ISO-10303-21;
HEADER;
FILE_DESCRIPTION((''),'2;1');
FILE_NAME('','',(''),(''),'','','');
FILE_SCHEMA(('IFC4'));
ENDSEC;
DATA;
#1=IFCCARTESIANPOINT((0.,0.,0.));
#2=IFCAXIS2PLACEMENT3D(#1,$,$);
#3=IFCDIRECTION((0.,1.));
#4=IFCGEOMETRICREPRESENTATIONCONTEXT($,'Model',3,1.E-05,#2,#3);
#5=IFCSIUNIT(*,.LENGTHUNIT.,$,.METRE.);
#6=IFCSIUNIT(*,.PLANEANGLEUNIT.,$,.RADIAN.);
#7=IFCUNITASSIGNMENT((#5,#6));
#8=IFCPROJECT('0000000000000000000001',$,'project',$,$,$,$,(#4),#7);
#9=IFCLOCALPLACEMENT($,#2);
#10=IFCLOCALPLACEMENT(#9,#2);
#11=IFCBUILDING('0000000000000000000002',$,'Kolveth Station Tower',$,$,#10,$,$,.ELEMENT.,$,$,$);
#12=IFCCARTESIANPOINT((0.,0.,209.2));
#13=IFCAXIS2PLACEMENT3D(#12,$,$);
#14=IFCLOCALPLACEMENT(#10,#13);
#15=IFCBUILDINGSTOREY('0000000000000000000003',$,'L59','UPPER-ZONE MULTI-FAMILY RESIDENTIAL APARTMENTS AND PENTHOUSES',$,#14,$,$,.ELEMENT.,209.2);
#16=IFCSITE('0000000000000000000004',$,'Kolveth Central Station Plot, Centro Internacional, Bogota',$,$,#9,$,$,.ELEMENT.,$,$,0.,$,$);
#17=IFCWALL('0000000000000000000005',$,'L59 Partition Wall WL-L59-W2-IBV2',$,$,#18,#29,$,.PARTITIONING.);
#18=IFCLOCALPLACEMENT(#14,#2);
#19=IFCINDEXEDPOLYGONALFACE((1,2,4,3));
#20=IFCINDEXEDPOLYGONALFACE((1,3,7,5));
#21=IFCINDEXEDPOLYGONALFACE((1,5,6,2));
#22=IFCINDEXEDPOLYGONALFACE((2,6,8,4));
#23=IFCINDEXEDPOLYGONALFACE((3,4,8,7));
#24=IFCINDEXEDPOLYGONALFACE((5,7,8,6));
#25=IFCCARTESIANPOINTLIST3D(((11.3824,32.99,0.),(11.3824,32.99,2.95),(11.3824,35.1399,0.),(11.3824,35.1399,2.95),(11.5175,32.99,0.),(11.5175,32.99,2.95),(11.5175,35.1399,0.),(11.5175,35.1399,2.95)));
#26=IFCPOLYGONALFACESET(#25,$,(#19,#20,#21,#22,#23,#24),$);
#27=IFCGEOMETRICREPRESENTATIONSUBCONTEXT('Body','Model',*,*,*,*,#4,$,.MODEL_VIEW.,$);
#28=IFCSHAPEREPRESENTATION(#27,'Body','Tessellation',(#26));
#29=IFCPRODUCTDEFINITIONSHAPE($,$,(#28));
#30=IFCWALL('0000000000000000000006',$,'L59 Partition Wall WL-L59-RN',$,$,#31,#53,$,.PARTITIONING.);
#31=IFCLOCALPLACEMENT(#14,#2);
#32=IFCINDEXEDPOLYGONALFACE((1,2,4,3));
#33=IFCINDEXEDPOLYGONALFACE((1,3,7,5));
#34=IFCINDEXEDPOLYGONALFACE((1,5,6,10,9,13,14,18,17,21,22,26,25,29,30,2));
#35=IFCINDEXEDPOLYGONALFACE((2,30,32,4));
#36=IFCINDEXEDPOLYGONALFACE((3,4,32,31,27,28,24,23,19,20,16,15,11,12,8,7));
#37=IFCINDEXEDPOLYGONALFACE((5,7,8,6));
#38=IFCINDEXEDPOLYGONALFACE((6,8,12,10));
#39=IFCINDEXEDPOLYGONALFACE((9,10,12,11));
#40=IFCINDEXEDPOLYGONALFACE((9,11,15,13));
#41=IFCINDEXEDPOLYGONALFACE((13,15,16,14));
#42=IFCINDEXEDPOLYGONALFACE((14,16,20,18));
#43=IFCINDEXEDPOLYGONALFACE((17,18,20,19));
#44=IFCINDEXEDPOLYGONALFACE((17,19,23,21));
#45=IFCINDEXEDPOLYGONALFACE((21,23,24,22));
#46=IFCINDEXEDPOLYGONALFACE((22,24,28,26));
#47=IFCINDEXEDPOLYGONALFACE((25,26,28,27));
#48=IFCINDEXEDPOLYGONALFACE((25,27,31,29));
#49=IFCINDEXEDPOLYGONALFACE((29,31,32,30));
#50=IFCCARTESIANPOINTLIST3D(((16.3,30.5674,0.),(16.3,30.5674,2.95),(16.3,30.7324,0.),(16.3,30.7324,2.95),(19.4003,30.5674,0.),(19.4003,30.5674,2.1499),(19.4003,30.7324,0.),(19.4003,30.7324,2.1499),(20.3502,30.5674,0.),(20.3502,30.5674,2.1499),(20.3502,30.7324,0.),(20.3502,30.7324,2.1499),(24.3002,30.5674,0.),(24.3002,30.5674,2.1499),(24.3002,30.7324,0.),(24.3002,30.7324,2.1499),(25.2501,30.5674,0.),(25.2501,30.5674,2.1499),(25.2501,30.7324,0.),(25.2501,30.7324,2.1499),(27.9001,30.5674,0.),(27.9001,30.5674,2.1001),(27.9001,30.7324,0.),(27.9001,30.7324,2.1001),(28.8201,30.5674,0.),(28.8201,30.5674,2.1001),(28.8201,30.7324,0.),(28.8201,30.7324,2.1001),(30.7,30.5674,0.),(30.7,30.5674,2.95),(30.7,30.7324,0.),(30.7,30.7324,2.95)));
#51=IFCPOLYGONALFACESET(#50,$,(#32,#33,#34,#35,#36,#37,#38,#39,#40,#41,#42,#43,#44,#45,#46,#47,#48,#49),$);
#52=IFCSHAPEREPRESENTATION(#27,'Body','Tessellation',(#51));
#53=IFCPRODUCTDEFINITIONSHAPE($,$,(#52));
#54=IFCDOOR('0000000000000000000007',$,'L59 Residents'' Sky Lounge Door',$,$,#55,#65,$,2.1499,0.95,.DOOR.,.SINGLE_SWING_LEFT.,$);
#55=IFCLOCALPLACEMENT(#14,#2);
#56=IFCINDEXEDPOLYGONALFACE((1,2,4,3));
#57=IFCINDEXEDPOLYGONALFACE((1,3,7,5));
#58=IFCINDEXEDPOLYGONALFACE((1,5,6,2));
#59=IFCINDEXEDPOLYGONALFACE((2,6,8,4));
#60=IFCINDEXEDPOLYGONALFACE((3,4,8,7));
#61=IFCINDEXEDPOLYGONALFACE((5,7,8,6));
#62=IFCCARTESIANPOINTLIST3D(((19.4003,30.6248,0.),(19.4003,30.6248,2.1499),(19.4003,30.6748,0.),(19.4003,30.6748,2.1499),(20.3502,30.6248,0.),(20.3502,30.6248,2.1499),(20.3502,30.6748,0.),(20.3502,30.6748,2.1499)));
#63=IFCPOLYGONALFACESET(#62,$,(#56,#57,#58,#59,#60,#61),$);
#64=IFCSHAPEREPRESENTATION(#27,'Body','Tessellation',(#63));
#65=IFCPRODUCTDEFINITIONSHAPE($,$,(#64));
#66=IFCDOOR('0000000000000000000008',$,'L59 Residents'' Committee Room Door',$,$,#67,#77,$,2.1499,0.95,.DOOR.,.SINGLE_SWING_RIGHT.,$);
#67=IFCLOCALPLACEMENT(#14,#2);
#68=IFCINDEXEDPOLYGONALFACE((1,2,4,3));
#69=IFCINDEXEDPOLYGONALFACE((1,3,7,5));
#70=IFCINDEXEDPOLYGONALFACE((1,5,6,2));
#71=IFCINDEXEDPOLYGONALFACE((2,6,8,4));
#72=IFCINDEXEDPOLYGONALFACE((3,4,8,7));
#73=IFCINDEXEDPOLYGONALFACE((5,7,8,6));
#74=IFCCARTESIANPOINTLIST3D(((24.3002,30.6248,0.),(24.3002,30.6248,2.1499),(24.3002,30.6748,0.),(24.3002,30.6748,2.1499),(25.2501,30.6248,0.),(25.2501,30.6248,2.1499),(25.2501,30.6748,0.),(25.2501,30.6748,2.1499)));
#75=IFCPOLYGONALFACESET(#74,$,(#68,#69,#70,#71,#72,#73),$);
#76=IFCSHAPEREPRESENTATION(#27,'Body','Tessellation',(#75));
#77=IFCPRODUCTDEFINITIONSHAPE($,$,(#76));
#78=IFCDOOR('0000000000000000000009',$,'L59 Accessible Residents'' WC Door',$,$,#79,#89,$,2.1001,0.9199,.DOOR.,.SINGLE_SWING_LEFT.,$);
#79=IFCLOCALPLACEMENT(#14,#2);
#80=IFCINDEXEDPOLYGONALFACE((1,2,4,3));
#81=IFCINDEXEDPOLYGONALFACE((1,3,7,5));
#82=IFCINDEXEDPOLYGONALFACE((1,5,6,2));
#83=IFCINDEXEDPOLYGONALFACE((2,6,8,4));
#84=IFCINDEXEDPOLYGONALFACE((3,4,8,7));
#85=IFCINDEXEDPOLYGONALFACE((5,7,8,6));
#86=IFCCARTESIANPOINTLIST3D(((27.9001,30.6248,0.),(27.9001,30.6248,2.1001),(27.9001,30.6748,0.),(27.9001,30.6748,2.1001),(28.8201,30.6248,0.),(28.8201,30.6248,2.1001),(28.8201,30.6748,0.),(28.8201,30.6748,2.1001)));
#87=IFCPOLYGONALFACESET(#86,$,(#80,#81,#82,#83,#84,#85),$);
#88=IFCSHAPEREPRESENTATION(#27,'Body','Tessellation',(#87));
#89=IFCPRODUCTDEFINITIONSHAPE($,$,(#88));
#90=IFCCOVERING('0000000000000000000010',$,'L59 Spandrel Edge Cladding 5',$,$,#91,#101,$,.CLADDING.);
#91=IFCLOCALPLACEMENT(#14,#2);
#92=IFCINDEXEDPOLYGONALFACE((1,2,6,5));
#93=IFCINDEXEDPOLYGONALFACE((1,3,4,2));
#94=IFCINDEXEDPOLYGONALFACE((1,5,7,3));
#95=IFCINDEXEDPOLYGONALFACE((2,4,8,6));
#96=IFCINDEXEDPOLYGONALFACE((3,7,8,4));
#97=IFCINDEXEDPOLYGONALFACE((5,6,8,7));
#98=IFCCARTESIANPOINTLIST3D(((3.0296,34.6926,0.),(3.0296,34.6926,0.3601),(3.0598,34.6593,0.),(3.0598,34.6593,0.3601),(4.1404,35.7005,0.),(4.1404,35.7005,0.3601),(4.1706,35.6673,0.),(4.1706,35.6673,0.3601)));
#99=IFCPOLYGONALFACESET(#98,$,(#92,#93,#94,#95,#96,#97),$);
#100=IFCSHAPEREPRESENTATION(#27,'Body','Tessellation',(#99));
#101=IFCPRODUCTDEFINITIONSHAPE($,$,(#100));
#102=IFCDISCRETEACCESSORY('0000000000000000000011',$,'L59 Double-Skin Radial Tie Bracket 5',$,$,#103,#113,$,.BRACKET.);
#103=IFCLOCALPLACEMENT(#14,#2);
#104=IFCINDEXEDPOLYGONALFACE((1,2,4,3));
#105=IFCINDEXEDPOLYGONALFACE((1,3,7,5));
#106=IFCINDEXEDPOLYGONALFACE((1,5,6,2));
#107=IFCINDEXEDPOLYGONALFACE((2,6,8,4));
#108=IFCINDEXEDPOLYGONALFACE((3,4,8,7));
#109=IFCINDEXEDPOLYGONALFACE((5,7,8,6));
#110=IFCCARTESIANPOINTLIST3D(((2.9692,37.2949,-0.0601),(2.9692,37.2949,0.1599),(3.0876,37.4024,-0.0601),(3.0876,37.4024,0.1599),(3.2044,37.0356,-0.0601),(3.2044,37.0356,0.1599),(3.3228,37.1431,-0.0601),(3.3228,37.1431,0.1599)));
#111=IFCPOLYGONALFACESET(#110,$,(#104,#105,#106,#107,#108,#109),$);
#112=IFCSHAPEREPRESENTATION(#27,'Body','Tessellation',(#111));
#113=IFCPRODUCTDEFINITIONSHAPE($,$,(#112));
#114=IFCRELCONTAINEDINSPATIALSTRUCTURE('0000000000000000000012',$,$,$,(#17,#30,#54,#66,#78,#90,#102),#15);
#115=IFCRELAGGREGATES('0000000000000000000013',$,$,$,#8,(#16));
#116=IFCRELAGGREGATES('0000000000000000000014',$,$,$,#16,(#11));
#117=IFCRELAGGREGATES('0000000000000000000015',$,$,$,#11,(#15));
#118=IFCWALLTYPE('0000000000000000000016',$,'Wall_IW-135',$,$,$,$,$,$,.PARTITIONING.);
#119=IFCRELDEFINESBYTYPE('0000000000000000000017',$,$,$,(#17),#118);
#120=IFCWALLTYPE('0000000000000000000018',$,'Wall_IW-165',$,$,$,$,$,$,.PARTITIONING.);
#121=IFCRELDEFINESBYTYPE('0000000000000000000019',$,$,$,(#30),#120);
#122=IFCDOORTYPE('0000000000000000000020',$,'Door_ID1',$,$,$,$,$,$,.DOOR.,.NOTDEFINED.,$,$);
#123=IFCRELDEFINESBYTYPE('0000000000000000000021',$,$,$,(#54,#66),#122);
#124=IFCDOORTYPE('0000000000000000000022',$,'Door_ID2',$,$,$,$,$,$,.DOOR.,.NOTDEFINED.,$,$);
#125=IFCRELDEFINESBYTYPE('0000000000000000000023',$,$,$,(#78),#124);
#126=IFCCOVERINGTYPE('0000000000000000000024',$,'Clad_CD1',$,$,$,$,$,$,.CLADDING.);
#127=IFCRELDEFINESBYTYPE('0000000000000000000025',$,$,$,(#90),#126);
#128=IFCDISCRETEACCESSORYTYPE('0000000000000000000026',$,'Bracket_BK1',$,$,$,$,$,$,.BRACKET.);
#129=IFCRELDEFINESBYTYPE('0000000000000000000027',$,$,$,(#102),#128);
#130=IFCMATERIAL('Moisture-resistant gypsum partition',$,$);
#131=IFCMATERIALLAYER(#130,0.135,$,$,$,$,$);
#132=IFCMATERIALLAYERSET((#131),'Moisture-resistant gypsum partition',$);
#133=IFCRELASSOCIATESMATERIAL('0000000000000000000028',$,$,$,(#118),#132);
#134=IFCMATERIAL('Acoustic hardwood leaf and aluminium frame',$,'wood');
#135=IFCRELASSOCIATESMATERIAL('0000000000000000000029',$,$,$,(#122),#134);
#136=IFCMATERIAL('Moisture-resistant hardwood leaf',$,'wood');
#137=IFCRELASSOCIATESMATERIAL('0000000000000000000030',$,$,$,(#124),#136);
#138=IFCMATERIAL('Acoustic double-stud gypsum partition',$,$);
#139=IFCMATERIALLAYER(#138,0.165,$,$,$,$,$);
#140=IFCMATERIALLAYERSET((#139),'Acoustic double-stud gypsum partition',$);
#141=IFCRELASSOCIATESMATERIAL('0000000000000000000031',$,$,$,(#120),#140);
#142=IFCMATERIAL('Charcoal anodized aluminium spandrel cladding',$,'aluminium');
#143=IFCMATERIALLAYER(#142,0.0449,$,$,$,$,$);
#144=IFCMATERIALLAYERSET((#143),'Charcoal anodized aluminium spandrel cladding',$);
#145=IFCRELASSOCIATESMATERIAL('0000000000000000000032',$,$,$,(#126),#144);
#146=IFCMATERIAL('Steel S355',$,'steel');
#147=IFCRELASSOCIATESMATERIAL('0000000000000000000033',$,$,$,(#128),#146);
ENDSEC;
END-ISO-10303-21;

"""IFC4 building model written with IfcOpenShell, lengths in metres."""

from ifc_helpers import new_model, si_unit, direction, frame, frame_2d, origin, origin_2d, place, context, subcontext, project, spatial, rectangle, extrude, source, transform, mapped, material, layer, layer_set, type_object, element, fill, save


model = new_model("IFC4")

# Units and contexts
model_context = context("Model", 3, precision=1e-05, world=origin(), true_north=direction((0.0, 1.0)))
body_context = subcontext(model_context, "Body", "Model", "MODEL_VIEW")
ifc_project = project(units=[si_unit("LENGTHUNIT", "METRE"), si_unit("PLANEANGLEUNIT", "RADIAN")], contexts=[model_context])

# Site, building, storey
site_placement = place(None, origin())
site = spatial("IfcSite", under=ifc_project, at=site_placement, Name="Kolveth Central Station Plot, Centro Internacional, Bogota", CompositionType="ELEMENT", RefElevation=0.0)
building_placement = place(site_placement, origin())
building = spatial("IfcBuilding", under=site, at=building_placement, Name="Kolveth Station Tower", CompositionType="ELEMENT")
storey_placement = place(building_placement, frame((0.0, 0.0, 209.2)))
storey = spatial("IfcBuildingStorey", under=building, at=storey_placement, Name="L59", Description="UPPER-ZONE MULTI-FAMILY RESIDENTIAL APARTMENTS AND PENTHOUSES", CompositionType="ELEMENT", Elevation=209.2)

# Shared definitions
ifc_material_1 = material(Name="Steel S355", Category="steel")

# Shared definitions
ifc_material_2 = material(Name="Moisture-resistant gypsum partition")
ifc_layer_1 = layer(ifc_material_2, 0.135)
ifc_layer_set_1 = layer_set([ifc_layer_1], Name="Moisture-resistant gypsum partition")
wall_type_1 = type_object("IfcWallType", Name="Wall_IW-135", PredefinedType="PARTITIONING", material=ifc_layer_set_1)
ifc_material_3 = material(Name="Acoustic hardwood leaf and aluminium frame", Category="wood")
door_type_1 = type_object("IfcDoorType", Name="Door_ID1", OperationType="NOTDEFINED", PredefinedType="DOOR", material=ifc_material_3)
ifc_material_4 = material(Name="Moisture-resistant hardwood leaf", Category="wood")
door_type_2 = type_object("IfcDoorType", Name="Door_ID2", OperationType="NOTDEFINED", PredefinedType="DOOR", material=ifc_material_4)

# Wall
for number, where, z_axis, x_axis, name in (
    (1, (11.45, 32.99, 0.0), (0.0, 0.0, 1.0), (0.0, 1.0, 0.0), "L59 Partition Wall WL-L59-W2-IBV2"),
):
    element("IfcWall", number, at=place(storey_placement, frame(where, z_axis=z_axis, x_axis=x_axis)), inside=storey, type_object=wall_type_1, Name=name, PredefinedType="PARTITIONING", context=body_context, shape_type="SweptSolid", body=[
        extrude(rectangle(XDim=2.1499, YDim=0.135, at=frame_2d((1.075, 0.0))), origin(), (0.0, 0.0, 1.0), 2.95),
    ])

# Wall, openings, doors
ifc_material_5 = material(Name="Acoustic double-stud gypsum partition")
ifc_layer_2 = layer(ifc_material_5, 0.165)
ifc_layer_set_2 = layer_set([ifc_layer_2], Name="Acoustic double-stud gypsum partition")
wall_type_2 = type_object("IfcWallType", Name="Wall_IW-165", PredefinedType="PARTITIONING", material=ifc_layer_set_2)
wall_1_placement = place(storey_placement, frame((16.3, 30.6499, 0.0), z_axis=(0.0, 0.0, 1.0), x_axis=(1.0, 0.0, 0.0)))
wall_1 = element("IfcWall", 2, at=wall_1_placement, inside=storey, type_object=wall_type_2, Name="L59 Partition Wall WL-L59-RN", PredefinedType="PARTITIONING", context=body_context, shape_type="SweptSolid", body=[
    extrude(rectangle(XDim=14.3999, YDim=0.165, at=frame_2d((7.2, 0.0))), origin(), (0.0, 0.0, 1.0), 2.95),
])
opening_1_placement = place(wall_1_placement, frame((3.1001, 0.0, 0.0)))
opening_1 = element("IfcOpeningElement", 3, at=opening_1_placement, cuts=wall_1, PredefinedType="OPENING", context=body_context, shape_type="SweptSolid", body=[
    extrude(rectangle(XDim=0.95, YDim=2.1499, at=frame_2d((0.4751, 1.075))), frame((0.0, 0.0925, 0.0), z_axis=(0.0, -1.0, 0.0), x_axis=(1.0, 0.0, 0.0)), (0.0, 0.0, 1.0), 0.1851),
])
opening_2_placement = place(wall_1_placement, frame((8.0, 0.0, 0.0)))
opening_2 = element("IfcOpeningElement", 4, at=opening_2_placement, cuts=wall_1, PredefinedType="OPENING", context=body_context, shape_type="SweptSolid", body=[
    extrude(rectangle(XDim=0.95, YDim=2.1499, at=frame_2d((0.4751, 1.075))), frame((0.0, 0.0925, 0.0), z_axis=(0.0, -1.0, 0.0), x_axis=(1.0, 0.0, 0.0)), (0.0, 0.0, 1.0), 0.1851),
])
opening_3_placement = place(wall_1_placement, frame((11.6001, 0.0, 0.0)))
opening_3 = element("IfcOpeningElement", 5, at=opening_3_placement, cuts=wall_1, PredefinedType="OPENING", context=body_context, shape_type="SweptSolid", body=[
    extrude(rectangle(XDim=0.9199, YDim=2.1001, at=frame_2d((0.46, 1.05))), frame((0.0, 0.0925, 0.0), z_axis=(0.0, -1.0, 0.0), x_axis=(1.0, 0.0, 0.0)), (0.0, 0.0, 1.0), 0.1851),
])
door_1_placement = place(opening_1_placement, origin())
door_1 = element("IfcDoor", 6, at=door_1_placement, inside=storey, type_object=door_type_1, Name="L59 Residents' Sky Lounge Door", OperationType="SINGLE_SWING_LEFT", OverallHeight=2.1499, OverallWidth=0.95, PredefinedType="DOOR", context=body_context, shape_type="SweptSolid", body=[
    extrude(rectangle(XDim=0.95, YDim=2.1499, at=frame_2d((0.4751, 1.075))), frame((0.0, 0.0249, 0.0), z_axis=(0.0, -1.0, 0.0), x_axis=(1.0, 0.0, 0.0)), (0.0, 0.0, 1.0), 0.05),
])
fill(opening_1, door_1)
door_2_placement = place(opening_2_placement, origin())
door_2 = element("IfcDoor", 7, at=door_2_placement, inside=storey, type_object=door_type_1, Name="L59 Residents' Committee Room Door", OperationType="SINGLE_SWING_RIGHT", OverallHeight=2.1499, OverallWidth=0.95, PredefinedType="DOOR", context=body_context, shape_type="SweptSolid", body=[
    extrude(rectangle(XDim=0.95, YDim=2.1499, at=frame_2d((0.4751, 1.075))), frame((0.0, 0.0249, 0.0), z_axis=(0.0, -1.0, 0.0), x_axis=(1.0, 0.0, 0.0)), (0.0, 0.0, 1.0), 0.05),
])
fill(opening_2, door_2)
door_3_placement = place(opening_3_placement, origin())
door_3 = element("IfcDoor", 8, at=door_3_placement, inside=storey, type_object=door_type_2, Name="L59 Accessible Residents' WC Door", OperationType="SINGLE_SWING_LEFT", OverallHeight=2.1001, OverallWidth=0.9199, PredefinedType="DOOR", context=body_context, shape_type="SweptSolid", body=[
    extrude(rectangle(XDim=0.9199, YDim=2.1001, at=frame_2d((0.46, 1.05))), frame((0.0, 0.0249, 0.0), z_axis=(0.0, -1.0, 0.0), x_axis=(1.0, 0.0, 0.0)), (0.0, 0.0, 1.0), 0.05),
])
fill(opening_3, door_3)

# Covering
ifc_material_6 = material(Name="Charcoal anodized aluminium spandrel cladding", Category="aluminium")
ifc_layer_3 = layer(ifc_material_6, 0.0449)
ifc_layer_set_3 = layer_set([ifc_layer_3], Name="Charcoal anodized aluminium spandrel cladding")
covering_type = type_object("IfcCoveringType", Name="Clad_CD1", PredefinedType="CLADDING", material=ifc_layer_set_3)
shared_shape_1 = source(origin(), body_context, "Body", "SweptSolid", [
    extrude(rectangle(XDim=1.5, YDim=0.0449, at=origin_2d()), origin(), (0.0, 0.0, 1.0), 0.3601),
])
covering_placement = place(storey_placement, frame((3.6001, 35.1799, 0.0), z_axis=(0.0, 0.0, 1.0), x_axis=(-0.74057, -0.671979, 0.0)))
element("IfcCovering", 9, at=covering_placement, inside=storey, type_object=covering_type, Name="L59 Spandrel Edge Cladding 5", PredefinedType="CLADDING", context=body_context, shape_type="MappedRepresentation", body=[
    mapped(shared_shape_1, transform((0.0, 0.0, 0.0), x_axis=(1.0, 0.0, 0.0), y_axis=(0.0, 1.0, 0.0), z_axis=(0.0, 0.0, 1.0), scale=1.0)),
])

# Discrete accessory
discrete_accessory_type = type_object("IfcDiscreteAccessoryType", Name="Bracket_BK1", PredefinedType="BRACKET", material=ifc_material_1)
shared_shape_2 = source(origin(), body_context, "Body", "SweptSolid", [
    extrude(rectangle(XDim=0.3501, YDim=0.1599, at=origin_2d()), origin(), (0.0, 0.0, 1.0), 0.22),
])
discrete_accessory_placement = place(storey_placement, frame((3.146, 37.219, -0.0601), z_axis=(0.0, 0.0, 1.0), x_axis=(-0.671979, 0.74057, 0.0)))
element("IfcDiscreteAccessory", 10, at=discrete_accessory_placement, inside=storey, type_object=discrete_accessory_type, Name="L59 Double-Skin Radial Tie Bracket 5", PredefinedType="BRACKET", context=body_context, shape_type="MappedRepresentation", body=[
    mapped(shared_shape_2, transform((0.0, 0.0, 0.0), x_axis=(1.0, 0.0, 0.0), y_axis=(0.0, 1.0, 0.0), z_axis=(0.0, 0.0, 1.0), scale=1.0)),
])

save(model, "model.ifc")
